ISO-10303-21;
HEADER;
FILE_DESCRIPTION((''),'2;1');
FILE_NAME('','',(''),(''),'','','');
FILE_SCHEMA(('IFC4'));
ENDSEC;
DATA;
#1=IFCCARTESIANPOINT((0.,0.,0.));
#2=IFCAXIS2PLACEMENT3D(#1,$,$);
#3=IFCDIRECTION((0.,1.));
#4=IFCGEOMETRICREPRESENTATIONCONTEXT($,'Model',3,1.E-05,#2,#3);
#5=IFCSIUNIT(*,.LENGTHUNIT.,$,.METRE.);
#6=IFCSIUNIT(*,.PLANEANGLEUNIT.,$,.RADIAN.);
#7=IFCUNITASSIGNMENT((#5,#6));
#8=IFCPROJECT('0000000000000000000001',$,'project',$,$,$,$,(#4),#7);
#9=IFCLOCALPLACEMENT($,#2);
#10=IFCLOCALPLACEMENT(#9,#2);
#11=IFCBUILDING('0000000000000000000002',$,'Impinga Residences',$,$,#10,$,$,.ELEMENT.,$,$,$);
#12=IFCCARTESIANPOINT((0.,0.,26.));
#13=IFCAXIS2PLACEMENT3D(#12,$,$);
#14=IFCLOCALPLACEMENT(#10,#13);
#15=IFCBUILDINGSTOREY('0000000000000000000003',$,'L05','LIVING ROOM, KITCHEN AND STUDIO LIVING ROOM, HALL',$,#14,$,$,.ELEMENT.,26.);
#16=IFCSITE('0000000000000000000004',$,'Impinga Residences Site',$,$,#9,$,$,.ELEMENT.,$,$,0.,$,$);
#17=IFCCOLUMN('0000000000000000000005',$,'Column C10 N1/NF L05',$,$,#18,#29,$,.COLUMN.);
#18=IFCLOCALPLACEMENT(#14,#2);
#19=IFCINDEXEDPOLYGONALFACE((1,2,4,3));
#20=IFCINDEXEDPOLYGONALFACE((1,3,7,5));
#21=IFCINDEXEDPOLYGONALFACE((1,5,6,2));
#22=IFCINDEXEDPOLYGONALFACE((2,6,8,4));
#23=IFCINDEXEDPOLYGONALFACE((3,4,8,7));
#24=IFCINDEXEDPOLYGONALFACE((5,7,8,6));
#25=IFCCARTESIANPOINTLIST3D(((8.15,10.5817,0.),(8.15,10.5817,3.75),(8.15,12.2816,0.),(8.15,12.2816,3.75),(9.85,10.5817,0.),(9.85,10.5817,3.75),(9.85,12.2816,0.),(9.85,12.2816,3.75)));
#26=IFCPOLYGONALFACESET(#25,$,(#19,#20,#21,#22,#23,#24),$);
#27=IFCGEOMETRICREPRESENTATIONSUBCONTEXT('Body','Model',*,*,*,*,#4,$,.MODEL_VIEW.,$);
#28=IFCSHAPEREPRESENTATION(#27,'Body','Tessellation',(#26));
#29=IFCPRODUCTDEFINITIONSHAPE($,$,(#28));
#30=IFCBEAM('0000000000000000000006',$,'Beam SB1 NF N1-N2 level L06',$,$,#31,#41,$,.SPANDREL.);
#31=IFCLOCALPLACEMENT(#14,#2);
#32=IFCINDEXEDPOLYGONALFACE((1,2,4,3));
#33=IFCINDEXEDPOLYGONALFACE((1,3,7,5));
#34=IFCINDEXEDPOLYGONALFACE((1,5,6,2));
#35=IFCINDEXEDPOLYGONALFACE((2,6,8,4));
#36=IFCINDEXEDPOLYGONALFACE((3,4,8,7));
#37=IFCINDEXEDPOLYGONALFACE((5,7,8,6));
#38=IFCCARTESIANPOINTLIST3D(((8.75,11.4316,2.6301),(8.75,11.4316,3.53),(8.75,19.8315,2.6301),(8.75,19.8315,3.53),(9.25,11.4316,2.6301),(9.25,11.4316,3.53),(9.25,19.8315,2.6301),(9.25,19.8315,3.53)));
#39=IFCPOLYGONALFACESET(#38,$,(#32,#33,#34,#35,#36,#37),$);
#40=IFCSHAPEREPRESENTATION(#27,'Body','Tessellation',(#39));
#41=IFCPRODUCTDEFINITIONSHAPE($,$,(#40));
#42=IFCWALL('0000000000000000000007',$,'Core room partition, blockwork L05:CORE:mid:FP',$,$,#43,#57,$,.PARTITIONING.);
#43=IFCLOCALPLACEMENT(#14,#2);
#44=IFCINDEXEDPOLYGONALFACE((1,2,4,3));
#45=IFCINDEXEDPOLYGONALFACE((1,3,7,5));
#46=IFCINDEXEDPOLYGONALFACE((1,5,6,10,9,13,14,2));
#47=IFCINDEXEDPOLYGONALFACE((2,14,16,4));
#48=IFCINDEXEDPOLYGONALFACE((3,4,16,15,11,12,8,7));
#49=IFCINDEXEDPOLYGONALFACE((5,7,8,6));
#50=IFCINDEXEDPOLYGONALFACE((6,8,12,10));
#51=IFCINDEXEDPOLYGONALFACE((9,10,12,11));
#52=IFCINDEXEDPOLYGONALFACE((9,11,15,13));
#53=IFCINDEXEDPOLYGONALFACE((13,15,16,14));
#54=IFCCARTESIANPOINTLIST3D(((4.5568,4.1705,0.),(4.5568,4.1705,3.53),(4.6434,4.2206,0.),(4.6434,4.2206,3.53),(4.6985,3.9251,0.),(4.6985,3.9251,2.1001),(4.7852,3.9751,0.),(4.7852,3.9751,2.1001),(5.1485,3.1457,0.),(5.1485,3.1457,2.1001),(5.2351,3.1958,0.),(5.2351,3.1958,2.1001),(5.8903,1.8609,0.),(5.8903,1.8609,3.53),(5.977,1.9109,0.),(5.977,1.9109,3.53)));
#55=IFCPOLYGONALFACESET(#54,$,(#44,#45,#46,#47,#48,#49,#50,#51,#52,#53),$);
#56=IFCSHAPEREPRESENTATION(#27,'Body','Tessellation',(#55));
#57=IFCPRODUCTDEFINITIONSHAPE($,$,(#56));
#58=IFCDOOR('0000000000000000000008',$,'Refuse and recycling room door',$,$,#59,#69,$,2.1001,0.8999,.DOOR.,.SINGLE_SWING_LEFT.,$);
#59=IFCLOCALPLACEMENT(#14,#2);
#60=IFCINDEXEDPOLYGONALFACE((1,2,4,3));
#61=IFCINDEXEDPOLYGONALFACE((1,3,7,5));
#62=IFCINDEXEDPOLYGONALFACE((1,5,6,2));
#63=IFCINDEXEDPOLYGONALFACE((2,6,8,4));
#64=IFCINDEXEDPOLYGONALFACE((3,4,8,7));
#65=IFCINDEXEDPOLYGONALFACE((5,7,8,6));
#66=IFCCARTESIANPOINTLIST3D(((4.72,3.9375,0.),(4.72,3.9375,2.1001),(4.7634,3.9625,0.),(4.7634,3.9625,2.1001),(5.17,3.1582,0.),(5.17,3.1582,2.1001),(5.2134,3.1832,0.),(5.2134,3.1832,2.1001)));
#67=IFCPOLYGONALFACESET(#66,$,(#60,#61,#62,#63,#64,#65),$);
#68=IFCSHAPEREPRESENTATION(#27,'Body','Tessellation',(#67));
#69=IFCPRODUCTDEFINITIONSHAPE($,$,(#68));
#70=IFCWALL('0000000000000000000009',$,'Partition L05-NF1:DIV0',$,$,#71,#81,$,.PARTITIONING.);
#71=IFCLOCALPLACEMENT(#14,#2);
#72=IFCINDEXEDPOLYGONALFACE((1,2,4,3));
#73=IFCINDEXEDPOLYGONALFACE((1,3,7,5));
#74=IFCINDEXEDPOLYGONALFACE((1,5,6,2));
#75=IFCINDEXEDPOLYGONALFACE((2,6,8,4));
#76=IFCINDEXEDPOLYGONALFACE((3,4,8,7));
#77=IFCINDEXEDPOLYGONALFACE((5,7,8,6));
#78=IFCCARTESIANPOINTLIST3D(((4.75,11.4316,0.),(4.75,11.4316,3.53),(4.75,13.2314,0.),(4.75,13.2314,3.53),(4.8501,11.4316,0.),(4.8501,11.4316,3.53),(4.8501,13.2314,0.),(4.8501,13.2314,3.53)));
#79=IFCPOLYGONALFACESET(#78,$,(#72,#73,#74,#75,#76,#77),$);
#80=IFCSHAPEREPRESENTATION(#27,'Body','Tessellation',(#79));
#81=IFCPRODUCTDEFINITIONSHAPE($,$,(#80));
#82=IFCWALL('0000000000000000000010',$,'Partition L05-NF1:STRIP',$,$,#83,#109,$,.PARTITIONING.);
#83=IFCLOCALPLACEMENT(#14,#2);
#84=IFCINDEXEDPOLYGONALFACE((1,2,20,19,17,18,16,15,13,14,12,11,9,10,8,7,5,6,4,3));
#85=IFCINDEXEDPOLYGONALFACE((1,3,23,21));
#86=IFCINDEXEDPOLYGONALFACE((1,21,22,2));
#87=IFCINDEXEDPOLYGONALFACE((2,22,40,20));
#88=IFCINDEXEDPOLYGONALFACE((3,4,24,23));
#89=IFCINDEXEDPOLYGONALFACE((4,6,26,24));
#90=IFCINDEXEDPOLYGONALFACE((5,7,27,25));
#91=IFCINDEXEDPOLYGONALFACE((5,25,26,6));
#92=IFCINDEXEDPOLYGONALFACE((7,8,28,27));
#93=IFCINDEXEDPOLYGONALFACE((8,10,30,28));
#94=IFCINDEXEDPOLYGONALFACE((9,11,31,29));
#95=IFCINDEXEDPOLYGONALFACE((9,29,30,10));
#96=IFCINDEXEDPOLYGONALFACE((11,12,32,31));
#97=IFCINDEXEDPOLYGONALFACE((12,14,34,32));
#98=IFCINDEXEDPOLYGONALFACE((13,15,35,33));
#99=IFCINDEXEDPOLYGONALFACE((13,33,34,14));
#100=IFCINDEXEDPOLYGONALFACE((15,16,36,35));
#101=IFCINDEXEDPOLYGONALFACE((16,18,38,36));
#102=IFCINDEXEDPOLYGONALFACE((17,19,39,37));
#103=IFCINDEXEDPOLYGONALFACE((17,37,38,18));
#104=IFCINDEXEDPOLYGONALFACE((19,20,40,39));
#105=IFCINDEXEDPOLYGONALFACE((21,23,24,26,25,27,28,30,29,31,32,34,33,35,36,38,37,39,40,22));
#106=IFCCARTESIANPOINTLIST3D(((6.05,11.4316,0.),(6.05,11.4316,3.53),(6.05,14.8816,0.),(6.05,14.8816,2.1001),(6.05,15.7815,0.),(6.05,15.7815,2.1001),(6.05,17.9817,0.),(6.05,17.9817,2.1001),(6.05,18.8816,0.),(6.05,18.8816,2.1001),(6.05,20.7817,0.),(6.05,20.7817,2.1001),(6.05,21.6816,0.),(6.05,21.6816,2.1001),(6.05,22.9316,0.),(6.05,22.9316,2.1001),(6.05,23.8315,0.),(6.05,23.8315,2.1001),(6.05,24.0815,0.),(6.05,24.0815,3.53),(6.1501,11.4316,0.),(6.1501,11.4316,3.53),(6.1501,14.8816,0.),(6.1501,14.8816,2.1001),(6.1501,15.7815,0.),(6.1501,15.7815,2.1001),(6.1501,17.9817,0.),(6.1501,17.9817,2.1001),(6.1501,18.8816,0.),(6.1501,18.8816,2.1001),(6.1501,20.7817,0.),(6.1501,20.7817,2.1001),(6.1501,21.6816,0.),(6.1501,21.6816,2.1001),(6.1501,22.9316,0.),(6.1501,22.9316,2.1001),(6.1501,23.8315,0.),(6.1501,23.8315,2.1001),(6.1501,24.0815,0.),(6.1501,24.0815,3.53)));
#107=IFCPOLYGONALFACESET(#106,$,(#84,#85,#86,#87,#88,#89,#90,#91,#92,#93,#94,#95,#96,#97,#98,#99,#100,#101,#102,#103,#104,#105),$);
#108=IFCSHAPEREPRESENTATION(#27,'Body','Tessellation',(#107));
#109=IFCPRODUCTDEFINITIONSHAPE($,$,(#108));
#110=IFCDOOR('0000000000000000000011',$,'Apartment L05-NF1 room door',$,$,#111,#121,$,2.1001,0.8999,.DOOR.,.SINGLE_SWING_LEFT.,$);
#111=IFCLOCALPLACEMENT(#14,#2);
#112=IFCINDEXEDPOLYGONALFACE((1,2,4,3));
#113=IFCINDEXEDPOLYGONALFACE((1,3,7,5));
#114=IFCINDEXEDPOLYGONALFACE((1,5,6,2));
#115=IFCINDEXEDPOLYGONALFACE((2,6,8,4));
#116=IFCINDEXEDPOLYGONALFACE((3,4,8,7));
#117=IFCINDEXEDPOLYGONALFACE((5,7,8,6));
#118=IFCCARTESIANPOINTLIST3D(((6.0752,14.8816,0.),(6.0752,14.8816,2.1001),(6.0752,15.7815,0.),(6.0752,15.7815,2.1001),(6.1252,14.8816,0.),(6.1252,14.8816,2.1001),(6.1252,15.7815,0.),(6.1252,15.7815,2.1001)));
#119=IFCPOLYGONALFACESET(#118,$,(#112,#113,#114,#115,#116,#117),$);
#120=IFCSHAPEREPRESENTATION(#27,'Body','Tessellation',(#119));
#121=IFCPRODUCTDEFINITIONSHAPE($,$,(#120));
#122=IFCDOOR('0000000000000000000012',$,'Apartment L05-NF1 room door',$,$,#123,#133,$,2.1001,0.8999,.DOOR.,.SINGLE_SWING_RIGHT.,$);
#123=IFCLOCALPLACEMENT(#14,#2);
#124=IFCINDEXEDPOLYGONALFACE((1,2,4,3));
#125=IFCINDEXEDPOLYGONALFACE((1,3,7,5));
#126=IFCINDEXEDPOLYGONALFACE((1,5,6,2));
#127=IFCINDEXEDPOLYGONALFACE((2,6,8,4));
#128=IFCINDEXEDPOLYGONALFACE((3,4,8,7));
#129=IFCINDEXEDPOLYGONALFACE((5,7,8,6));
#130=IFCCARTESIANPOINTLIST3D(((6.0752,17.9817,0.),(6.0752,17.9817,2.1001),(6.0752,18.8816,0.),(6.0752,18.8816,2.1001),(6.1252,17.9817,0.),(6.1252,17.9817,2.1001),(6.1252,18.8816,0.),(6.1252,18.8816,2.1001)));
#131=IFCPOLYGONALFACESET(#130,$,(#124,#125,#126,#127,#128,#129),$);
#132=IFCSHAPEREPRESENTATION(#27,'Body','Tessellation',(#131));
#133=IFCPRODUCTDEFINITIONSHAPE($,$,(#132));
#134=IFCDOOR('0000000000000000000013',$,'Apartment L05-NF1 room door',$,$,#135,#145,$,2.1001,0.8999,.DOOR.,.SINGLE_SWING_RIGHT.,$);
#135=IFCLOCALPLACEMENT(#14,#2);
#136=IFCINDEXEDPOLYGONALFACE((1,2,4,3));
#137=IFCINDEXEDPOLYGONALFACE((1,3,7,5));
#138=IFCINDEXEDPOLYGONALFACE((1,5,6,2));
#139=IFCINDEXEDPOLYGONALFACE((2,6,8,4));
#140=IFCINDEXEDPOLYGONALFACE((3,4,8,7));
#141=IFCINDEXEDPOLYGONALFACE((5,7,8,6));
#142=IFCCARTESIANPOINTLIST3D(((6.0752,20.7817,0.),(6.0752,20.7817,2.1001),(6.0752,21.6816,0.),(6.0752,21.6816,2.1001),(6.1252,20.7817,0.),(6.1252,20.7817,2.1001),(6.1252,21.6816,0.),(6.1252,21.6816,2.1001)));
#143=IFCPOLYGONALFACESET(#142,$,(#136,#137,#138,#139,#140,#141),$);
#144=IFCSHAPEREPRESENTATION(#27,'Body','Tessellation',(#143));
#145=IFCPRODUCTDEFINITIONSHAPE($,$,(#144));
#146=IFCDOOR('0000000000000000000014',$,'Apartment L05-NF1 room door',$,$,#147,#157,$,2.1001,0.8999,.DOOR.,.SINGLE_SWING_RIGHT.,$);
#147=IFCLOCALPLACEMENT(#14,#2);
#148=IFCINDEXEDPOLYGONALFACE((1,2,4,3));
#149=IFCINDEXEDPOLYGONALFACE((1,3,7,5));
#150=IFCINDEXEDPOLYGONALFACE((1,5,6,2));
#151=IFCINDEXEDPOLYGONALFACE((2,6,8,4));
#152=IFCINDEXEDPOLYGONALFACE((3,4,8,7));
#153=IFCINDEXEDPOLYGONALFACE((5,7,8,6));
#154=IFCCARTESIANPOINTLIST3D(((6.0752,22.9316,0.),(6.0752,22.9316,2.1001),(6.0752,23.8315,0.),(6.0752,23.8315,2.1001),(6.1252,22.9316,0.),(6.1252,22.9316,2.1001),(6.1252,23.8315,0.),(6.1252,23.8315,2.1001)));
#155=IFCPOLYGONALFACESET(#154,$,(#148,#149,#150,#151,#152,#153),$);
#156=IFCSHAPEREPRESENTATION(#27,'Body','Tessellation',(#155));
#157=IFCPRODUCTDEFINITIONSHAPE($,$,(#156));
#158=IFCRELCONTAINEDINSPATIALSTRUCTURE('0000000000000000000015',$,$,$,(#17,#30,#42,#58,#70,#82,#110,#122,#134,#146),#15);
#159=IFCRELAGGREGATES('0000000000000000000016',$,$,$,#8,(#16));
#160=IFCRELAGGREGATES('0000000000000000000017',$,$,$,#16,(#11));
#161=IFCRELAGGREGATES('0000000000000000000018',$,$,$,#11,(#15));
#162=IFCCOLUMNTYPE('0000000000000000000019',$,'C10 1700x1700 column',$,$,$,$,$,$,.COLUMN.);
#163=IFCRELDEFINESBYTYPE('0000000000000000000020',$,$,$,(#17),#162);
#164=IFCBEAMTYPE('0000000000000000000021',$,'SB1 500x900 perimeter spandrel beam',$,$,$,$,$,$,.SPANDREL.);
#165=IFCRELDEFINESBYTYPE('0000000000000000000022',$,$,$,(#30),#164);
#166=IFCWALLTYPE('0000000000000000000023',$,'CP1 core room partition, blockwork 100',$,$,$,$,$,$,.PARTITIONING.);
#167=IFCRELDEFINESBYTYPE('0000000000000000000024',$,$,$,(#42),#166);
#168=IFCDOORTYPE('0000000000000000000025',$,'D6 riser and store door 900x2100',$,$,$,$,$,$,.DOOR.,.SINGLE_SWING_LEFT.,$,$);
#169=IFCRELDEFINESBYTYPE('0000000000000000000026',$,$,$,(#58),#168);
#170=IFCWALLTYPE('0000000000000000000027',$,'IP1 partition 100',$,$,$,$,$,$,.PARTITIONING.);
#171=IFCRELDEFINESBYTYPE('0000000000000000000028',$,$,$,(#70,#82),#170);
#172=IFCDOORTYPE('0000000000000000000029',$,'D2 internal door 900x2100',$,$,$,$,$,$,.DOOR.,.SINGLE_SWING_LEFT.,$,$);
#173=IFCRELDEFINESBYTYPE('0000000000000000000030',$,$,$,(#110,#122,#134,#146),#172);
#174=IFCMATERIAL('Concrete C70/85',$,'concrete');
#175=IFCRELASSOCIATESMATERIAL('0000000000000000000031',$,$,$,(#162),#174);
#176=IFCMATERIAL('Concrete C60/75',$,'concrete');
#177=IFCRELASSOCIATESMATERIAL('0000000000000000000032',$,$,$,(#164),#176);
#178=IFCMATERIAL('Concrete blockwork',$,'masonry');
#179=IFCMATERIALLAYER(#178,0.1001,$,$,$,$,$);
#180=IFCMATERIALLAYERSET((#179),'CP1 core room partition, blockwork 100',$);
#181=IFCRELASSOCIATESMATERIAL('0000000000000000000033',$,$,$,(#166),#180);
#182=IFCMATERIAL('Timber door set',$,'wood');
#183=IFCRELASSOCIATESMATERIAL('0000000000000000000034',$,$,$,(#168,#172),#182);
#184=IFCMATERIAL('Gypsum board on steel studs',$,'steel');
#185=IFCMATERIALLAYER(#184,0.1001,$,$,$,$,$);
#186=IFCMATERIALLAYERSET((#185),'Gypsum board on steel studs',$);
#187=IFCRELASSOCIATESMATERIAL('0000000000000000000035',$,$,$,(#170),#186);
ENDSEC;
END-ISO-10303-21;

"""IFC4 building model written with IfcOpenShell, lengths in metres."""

from ifc_helpers import new_model, si_unit, direction, frame, frame_2d, origin, origin_2d, place, context, subcontext, project, spatial, rectangle, extrude, material, layer, layer_set, material_profile, profile_set, type_object, element, fill, save


model = new_model("IFC4")

# Units and contexts
model_context = context("Model", 3, precision=1e-05, world=origin(), true_north=direction((0.0, 1.0)))
body_context = subcontext(model_context, "Body", "Model", "MODEL_VIEW")
ifc_project = project(units=[si_unit("LENGTHUNIT", "METRE"), si_unit("PLANEANGLEUNIT", "RADIAN")], contexts=[model_context])

# Site, building, storey
site_placement = place(None, origin())
site = spatial("IfcSite", under=ifc_project, at=site_placement, Name="Impinga Residences Site", CompositionType="ELEMENT", RefElevation=0.0)
building_placement = place(site_placement, origin())
building = spatial("IfcBuilding", under=site, at=building_placement, Name="Impinga Residences", CompositionType="ELEMENT")
storey_placement = place(building_placement, frame((0.0, 0.0, 26.0)))
storey = spatial("IfcBuildingStorey", under=building, at=storey_placement, Name="L05", Description="LIVING ROOM, KITCHEN AND STUDIO LIVING ROOM, HALL", CompositionType="ELEMENT", Elevation=26.0)

# Column
ifc_material_1 = material(Name="Concrete C70/85", Category="concrete")
ifc_material_profile_1 = material_profile(ifc_material_1, rectangle(XDim=1.7, YDim=1.7, at=origin_2d()), Name="RC 1700x1700")
ifc_profile_set_1 = profile_set([ifc_material_profile_1], Name="Concrete C70/85")
column_type = type_object("IfcColumnType", Name="C10 1700x1700 column", PredefinedType="COLUMN", material=ifc_profile_set_1)
column_placement = place(storey_placement, frame((9.0, 11.4316, 0.0), z_axis=(0.0, 0.0, 1.0), x_axis=(1.0, 0.0, 0.0)))
element("IfcColumn", 1, at=column_placement, inside=storey, type_object=column_type, Name="Column C10 N1/NF L05", PredefinedType="COLUMN", context=body_context, shape_type="SweptSolid", body=[
    extrude(rectangle(XDim=1.7, YDim=1.7, at=origin_2d()), origin(), (0.0, 0.0, 1.0), 3.75),
])

# Beam
ifc_material_2 = material(Name="Concrete C60/75", Category="concrete")
ifc_material_profile_2 = material_profile(ifc_material_2, rectangle(XDim=0.5, YDim=0.8999, at=origin_2d()), Name="RC 500x900")
ifc_profile_set_2 = profile_set([ifc_material_profile_2], Name="Concrete C60/75")
beam_type = type_object("IfcBeamType", Name="SB1 500x900 perimeter spandrel beam", PredefinedType="SPANDREL", material=ifc_profile_set_2)
beam_placement = place(storey_placement, frame((9.0, 11.4316, 3.0801), z_axis=(0.0, 1.0, 0.0), x_axis=(-1.0, 0.0, 0.0)))
element("IfcBeam", 2, at=beam_placement, inside=storey, type_object=beam_type, Name="Beam SB1 NF N1-N2 level L06", PredefinedType="SPANDREL", context=body_context, shape_type="SweptSolid", body=[
    extrude(rectangle(XDim=0.5, YDim=0.8999, at=origin_2d()), origin(), (0.0, 0.0, 1.0), 8.3999),
])

# Wall, opening, door
ifc_material_3 = material(Name="Concrete blockwork", Category="masonry")
ifc_layer_1 = layer(ifc_material_3, 0.1001)
ifc_layer_set_1 = layer_set([ifc_layer_1], Name="CP1 core room partition, blockwork 100")
wall_type_1 = type_object("IfcWallType", Name="CP1 core room partition, blockwork 100", PredefinedType="PARTITIONING", material=ifc_layer_set_1)
wall_1_placement = place(storey_placement, frame((4.6001, 4.1956, 0.0), z_axis=(0.0, 0.0, 1.0), x_axis=(0.500018, -0.866015, 0.0)))
wall_1 = element("IfcWall", 3, at=wall_1_placement, inside=storey, type_object=wall_type_1, Name="Core room partition, blockwork L05:CORE:mid:FP", PredefinedType="PARTITIONING", context=body_context, shape_type="SweptSolid", body=[
    extrude(rectangle(XDim=2.667, YDim=0.1001, at=frame_2d((1.3335, 0.0))), origin(), (0.0, 0.0, 1.0), 3.53),
])
opening_1_placement = place(wall_1_placement, frame((0.2834, 0.0, 0.0)))
opening_1 = element("IfcOpeningElement", 4, at=opening_1_placement, cuts=wall_1, PredefinedType="OPENING", context=body_context, shape_type="SweptSolid", body=[
    extrude(rectangle(XDim=0.8999, YDim=2.1001, at=frame_2d((0.45, 1.05))), frame((0.0, 0.0601, 0.0), z_axis=(0.0, -1.0, 0.0), x_axis=(1.0, 0.0, 0.0)), (0.0, 0.0, 1.0), 0.1201),
])
ifc_material_4 = material(Name="Timber door set", Category="wood")
door_type_1 = type_object("IfcDoorType", Name="D6 riser and store door 900x2100", OperationType="SINGLE_SWING_LEFT", PredefinedType="DOOR", material=ifc_material_4)
door_1_placement = place(opening_1_placement, origin())
door_1 = element("IfcDoor", 5, at=door_1_placement, inside=storey, type_object=door_type_1, Name="Refuse and recycling room door", OperationType="SINGLE_SWING_LEFT", OverallHeight=2.1001, OverallWidth=0.8999, PredefinedType="DOOR", context=body_context, shape_type="SweptSolid", body=[
    extrude(rectangle(XDim=0.8999, YDim=2.1001, at=frame_2d((0.45, 1.05))), frame((0.0, 0.0249, 0.0), z_axis=(0.0, -1.0, 0.0), x_axis=(1.0, 0.0, 0.0)), (0.0, 0.0, 1.0), 0.05),
])
fill(opening_1, door_1)

# Wall
ifc_material_5 = material(Name="Gypsum board on steel studs", Category="steel")
ifc_layer_2 = layer(ifc_material_5, 0.1001)
ifc_layer_set_2 = layer_set([ifc_layer_2], Name="Gypsum board on steel studs")
wall_type_2 = type_object("IfcWallType", Name="IP1 partition 100", PredefinedType="PARTITIONING", material=ifc_layer_set_2)
wall_2_placement = place(storey_placement, frame((4.8, 11.4316, 0.0), z_axis=(0.0, 0.0, 1.0), x_axis=(0.0, 1.0, 0.0)))
element("IfcWall", 6, at=wall_2_placement, inside=storey, type_object=wall_type_2, Name="Partition L05-NF1:DIV0", PredefinedType="PARTITIONING", context=body_context, shape_type="SweptSolid", body=[
    extrude(rectangle(XDim=1.7998, YDim=0.1001, at=frame_2d((0.8999, 0.0))), origin(), (0.0, 0.0, 1.0), 3.53),
])

# Wall, openings, doors
wall_3_placement = place(storey_placement, frame((6.1001, 11.4316, 0.0), z_axis=(0.0, 0.0, 1.0), x_axis=(0.0, 1.0, 0.0)))
wall_3 = element("IfcWall", 7, at=wall_3_placement, inside=storey, type_object=wall_type_2, Name="Partition L05-NF1:STRIP", PredefinedType="PARTITIONING", context=body_context, shape_type="SweptSolid", body=[
    extrude(rectangle(XDim=12.6499, YDim=0.1001, at=frame_2d((6.325, 0.0))), origin(), (0.0, 0.0, 1.0), 3.53),
])
opening_2_placement = place(wall_3_placement, frame((3.45, 0.0, 0.0)))
opening_2 = element("IfcOpeningElement", 8, at=opening_2_placement, cuts=wall_3, PredefinedType="OPENING", context=body_context, shape_type="SweptSolid", body=[
    extrude(rectangle(XDim=0.8999, YDim=2.1001, at=frame_2d((0.45, 1.05))), frame((0.0, 0.0601, 0.0), z_axis=(0.0, -1.0, 0.0), x_axis=(1.0, 0.0, 0.0)), (0.0, 0.0, 1.0), 0.1201),
])
opening_3_placement = place(wall_3_placement, frame((6.55, 0.0, 0.0)))
opening_3 = element("IfcOpeningElement", 9, at=opening_3_placement, cuts=wall_3, PredefinedType="OPENING", context=body_context, shape_type="SweptSolid", body=[
    extrude(rectangle(XDim=0.8999, YDim=2.1001, at=frame_2d((0.45, 1.05))), frame((0.0, 0.0601, 0.0), z_axis=(0.0, -1.0, 0.0), x_axis=(1.0, 0.0, 0.0)), (0.0, 0.0, 1.0), 0.1201),
])
opening_4_placement = place(wall_3_placement, frame((9.3501, 0.0, 0.0)))
opening_4 = element("IfcOpeningElement", 10, at=opening_4_placement, cuts=wall_3, PredefinedType="OPENING", context=body_context, shape_type="SweptSolid", body=[
    extrude(rectangle(XDim=0.8999, YDim=2.1001, at=frame_2d((0.45, 1.05))), frame((0.0, 0.0601, 0.0), z_axis=(0.0, -1.0, 0.0), x_axis=(1.0, 0.0, 0.0)), (0.0, 0.0, 1.0), 0.1201),
])
opening_5_placement = place(wall_3_placement, frame((11.5, 0.0, 0.0)))
opening_5 = element("IfcOpeningElement", 11, at=opening_5_placement, cuts=wall_3, PredefinedType="OPENING", context=body_context, shape_type="SweptSolid", body=[
    extrude(rectangle(XDim=0.8999, YDim=2.1001, at=frame_2d((0.45, 1.05))), frame((0.0, 0.0601, 0.0), z_axis=(0.0, -1.0, 0.0), x_axis=(1.0, 0.0, 0.0)), (0.0, 0.0, 1.0), 0.1201),
])
door_type_2 = type_object("IfcDoorType", Name="D2 internal door 900x2100", OperationType="SINGLE_SWING_LEFT", PredefinedType="DOOR", material=ifc_material_4)
door_2_placement = place(opening_2_placement, origin())
door_2 = element("IfcDoor", 12, at=door_2_placement, inside=storey, type_object=door_type_2, Name="Apartment L05-NF1 room door", OperationType="SINGLE_SWING_LEFT", OverallHeight=2.1001, OverallWidth=0.8999, PredefinedType="DOOR", context=body_context, shape_type="SweptSolid", body=[
    extrude(rectangle(XDim=0.8999, YDim=2.1001, at=frame_2d((0.45, 1.05))), frame((0.0, 0.0249, 0.0), z_axis=(0.0, -1.0, 0.0), x_axis=(1.0, 0.0, 0.0)), (0.0, 0.0, 1.0), 0.05),
])
fill(opening_2, door_2)
door_3_placement = place(opening_3_placement, origin())
door_3 = element("IfcDoor", 13, at=door_3_placement, inside=storey, type_object=door_type_2, Name="Apartment L05-NF1 room door", OperationType="SINGLE_SWING_RIGHT", OverallHeight=2.1001, OverallWidth=0.8999, PredefinedType="DOOR", context=body_context, shape_type="SweptSolid", body=[
    extrude(rectangle(XDim=0.8999, YDim=2.1001, at=frame_2d((0.45, 1.05))), frame((0.0, 0.0249, 0.0), z_axis=(0.0, -1.0, 0.0), x_axis=(1.0, 0.0, 0.0)), (0.0, 0.0, 1.0), 0.05),
])
fill(opening_3, door_3)
door_4_placement = place(opening_4_placement, origin())
door_4 = element("IfcDoor", 14, at=door_4_placement, inside=storey, type_object=door_type_2, Name="Apartment L05-NF1 room door", OperationType="SINGLE_SWING_RIGHT", OverallHeight=2.1001, OverallWidth=0.8999, PredefinedType="DOOR", context=body_context, shape_type="SweptSolid", body=[
    extrude(rectangle(XDim=0.8999, YDim=2.1001, at=frame_2d((0.45, 1.05))), frame((0.0, 0.0249, 0.0), z_axis=(0.0, -1.0, 0.0), x_axis=(1.0, 0.0, 0.0)), (0.0, 0.0, 1.0), 0.05),
])
fill(opening_4, door_4)
door_5_placement = place(opening_5_placement, origin())
door_5 = element("IfcDoor", 15, at=door_5_placement, inside=storey, type_object=door_type_2, Name="Apartment L05-NF1 room door", OperationType="SINGLE_SWING_RIGHT", OverallHeight=2.1001, OverallWidth=0.8999, PredefinedType="DOOR", context=body_context, shape_type="SweptSolid", body=[
    extrude(rectangle(XDim=0.8999, YDim=2.1001, at=frame_2d((0.45, 1.05))), frame((0.0, 0.0249, 0.0), z_axis=(0.0, -1.0, 0.0), x_axis=(1.0, 0.0, 0.0)), (0.0, 0.0, 1.0), 0.05),
])
fill(opening_5, door_5)

save(model, "model.ifc")
